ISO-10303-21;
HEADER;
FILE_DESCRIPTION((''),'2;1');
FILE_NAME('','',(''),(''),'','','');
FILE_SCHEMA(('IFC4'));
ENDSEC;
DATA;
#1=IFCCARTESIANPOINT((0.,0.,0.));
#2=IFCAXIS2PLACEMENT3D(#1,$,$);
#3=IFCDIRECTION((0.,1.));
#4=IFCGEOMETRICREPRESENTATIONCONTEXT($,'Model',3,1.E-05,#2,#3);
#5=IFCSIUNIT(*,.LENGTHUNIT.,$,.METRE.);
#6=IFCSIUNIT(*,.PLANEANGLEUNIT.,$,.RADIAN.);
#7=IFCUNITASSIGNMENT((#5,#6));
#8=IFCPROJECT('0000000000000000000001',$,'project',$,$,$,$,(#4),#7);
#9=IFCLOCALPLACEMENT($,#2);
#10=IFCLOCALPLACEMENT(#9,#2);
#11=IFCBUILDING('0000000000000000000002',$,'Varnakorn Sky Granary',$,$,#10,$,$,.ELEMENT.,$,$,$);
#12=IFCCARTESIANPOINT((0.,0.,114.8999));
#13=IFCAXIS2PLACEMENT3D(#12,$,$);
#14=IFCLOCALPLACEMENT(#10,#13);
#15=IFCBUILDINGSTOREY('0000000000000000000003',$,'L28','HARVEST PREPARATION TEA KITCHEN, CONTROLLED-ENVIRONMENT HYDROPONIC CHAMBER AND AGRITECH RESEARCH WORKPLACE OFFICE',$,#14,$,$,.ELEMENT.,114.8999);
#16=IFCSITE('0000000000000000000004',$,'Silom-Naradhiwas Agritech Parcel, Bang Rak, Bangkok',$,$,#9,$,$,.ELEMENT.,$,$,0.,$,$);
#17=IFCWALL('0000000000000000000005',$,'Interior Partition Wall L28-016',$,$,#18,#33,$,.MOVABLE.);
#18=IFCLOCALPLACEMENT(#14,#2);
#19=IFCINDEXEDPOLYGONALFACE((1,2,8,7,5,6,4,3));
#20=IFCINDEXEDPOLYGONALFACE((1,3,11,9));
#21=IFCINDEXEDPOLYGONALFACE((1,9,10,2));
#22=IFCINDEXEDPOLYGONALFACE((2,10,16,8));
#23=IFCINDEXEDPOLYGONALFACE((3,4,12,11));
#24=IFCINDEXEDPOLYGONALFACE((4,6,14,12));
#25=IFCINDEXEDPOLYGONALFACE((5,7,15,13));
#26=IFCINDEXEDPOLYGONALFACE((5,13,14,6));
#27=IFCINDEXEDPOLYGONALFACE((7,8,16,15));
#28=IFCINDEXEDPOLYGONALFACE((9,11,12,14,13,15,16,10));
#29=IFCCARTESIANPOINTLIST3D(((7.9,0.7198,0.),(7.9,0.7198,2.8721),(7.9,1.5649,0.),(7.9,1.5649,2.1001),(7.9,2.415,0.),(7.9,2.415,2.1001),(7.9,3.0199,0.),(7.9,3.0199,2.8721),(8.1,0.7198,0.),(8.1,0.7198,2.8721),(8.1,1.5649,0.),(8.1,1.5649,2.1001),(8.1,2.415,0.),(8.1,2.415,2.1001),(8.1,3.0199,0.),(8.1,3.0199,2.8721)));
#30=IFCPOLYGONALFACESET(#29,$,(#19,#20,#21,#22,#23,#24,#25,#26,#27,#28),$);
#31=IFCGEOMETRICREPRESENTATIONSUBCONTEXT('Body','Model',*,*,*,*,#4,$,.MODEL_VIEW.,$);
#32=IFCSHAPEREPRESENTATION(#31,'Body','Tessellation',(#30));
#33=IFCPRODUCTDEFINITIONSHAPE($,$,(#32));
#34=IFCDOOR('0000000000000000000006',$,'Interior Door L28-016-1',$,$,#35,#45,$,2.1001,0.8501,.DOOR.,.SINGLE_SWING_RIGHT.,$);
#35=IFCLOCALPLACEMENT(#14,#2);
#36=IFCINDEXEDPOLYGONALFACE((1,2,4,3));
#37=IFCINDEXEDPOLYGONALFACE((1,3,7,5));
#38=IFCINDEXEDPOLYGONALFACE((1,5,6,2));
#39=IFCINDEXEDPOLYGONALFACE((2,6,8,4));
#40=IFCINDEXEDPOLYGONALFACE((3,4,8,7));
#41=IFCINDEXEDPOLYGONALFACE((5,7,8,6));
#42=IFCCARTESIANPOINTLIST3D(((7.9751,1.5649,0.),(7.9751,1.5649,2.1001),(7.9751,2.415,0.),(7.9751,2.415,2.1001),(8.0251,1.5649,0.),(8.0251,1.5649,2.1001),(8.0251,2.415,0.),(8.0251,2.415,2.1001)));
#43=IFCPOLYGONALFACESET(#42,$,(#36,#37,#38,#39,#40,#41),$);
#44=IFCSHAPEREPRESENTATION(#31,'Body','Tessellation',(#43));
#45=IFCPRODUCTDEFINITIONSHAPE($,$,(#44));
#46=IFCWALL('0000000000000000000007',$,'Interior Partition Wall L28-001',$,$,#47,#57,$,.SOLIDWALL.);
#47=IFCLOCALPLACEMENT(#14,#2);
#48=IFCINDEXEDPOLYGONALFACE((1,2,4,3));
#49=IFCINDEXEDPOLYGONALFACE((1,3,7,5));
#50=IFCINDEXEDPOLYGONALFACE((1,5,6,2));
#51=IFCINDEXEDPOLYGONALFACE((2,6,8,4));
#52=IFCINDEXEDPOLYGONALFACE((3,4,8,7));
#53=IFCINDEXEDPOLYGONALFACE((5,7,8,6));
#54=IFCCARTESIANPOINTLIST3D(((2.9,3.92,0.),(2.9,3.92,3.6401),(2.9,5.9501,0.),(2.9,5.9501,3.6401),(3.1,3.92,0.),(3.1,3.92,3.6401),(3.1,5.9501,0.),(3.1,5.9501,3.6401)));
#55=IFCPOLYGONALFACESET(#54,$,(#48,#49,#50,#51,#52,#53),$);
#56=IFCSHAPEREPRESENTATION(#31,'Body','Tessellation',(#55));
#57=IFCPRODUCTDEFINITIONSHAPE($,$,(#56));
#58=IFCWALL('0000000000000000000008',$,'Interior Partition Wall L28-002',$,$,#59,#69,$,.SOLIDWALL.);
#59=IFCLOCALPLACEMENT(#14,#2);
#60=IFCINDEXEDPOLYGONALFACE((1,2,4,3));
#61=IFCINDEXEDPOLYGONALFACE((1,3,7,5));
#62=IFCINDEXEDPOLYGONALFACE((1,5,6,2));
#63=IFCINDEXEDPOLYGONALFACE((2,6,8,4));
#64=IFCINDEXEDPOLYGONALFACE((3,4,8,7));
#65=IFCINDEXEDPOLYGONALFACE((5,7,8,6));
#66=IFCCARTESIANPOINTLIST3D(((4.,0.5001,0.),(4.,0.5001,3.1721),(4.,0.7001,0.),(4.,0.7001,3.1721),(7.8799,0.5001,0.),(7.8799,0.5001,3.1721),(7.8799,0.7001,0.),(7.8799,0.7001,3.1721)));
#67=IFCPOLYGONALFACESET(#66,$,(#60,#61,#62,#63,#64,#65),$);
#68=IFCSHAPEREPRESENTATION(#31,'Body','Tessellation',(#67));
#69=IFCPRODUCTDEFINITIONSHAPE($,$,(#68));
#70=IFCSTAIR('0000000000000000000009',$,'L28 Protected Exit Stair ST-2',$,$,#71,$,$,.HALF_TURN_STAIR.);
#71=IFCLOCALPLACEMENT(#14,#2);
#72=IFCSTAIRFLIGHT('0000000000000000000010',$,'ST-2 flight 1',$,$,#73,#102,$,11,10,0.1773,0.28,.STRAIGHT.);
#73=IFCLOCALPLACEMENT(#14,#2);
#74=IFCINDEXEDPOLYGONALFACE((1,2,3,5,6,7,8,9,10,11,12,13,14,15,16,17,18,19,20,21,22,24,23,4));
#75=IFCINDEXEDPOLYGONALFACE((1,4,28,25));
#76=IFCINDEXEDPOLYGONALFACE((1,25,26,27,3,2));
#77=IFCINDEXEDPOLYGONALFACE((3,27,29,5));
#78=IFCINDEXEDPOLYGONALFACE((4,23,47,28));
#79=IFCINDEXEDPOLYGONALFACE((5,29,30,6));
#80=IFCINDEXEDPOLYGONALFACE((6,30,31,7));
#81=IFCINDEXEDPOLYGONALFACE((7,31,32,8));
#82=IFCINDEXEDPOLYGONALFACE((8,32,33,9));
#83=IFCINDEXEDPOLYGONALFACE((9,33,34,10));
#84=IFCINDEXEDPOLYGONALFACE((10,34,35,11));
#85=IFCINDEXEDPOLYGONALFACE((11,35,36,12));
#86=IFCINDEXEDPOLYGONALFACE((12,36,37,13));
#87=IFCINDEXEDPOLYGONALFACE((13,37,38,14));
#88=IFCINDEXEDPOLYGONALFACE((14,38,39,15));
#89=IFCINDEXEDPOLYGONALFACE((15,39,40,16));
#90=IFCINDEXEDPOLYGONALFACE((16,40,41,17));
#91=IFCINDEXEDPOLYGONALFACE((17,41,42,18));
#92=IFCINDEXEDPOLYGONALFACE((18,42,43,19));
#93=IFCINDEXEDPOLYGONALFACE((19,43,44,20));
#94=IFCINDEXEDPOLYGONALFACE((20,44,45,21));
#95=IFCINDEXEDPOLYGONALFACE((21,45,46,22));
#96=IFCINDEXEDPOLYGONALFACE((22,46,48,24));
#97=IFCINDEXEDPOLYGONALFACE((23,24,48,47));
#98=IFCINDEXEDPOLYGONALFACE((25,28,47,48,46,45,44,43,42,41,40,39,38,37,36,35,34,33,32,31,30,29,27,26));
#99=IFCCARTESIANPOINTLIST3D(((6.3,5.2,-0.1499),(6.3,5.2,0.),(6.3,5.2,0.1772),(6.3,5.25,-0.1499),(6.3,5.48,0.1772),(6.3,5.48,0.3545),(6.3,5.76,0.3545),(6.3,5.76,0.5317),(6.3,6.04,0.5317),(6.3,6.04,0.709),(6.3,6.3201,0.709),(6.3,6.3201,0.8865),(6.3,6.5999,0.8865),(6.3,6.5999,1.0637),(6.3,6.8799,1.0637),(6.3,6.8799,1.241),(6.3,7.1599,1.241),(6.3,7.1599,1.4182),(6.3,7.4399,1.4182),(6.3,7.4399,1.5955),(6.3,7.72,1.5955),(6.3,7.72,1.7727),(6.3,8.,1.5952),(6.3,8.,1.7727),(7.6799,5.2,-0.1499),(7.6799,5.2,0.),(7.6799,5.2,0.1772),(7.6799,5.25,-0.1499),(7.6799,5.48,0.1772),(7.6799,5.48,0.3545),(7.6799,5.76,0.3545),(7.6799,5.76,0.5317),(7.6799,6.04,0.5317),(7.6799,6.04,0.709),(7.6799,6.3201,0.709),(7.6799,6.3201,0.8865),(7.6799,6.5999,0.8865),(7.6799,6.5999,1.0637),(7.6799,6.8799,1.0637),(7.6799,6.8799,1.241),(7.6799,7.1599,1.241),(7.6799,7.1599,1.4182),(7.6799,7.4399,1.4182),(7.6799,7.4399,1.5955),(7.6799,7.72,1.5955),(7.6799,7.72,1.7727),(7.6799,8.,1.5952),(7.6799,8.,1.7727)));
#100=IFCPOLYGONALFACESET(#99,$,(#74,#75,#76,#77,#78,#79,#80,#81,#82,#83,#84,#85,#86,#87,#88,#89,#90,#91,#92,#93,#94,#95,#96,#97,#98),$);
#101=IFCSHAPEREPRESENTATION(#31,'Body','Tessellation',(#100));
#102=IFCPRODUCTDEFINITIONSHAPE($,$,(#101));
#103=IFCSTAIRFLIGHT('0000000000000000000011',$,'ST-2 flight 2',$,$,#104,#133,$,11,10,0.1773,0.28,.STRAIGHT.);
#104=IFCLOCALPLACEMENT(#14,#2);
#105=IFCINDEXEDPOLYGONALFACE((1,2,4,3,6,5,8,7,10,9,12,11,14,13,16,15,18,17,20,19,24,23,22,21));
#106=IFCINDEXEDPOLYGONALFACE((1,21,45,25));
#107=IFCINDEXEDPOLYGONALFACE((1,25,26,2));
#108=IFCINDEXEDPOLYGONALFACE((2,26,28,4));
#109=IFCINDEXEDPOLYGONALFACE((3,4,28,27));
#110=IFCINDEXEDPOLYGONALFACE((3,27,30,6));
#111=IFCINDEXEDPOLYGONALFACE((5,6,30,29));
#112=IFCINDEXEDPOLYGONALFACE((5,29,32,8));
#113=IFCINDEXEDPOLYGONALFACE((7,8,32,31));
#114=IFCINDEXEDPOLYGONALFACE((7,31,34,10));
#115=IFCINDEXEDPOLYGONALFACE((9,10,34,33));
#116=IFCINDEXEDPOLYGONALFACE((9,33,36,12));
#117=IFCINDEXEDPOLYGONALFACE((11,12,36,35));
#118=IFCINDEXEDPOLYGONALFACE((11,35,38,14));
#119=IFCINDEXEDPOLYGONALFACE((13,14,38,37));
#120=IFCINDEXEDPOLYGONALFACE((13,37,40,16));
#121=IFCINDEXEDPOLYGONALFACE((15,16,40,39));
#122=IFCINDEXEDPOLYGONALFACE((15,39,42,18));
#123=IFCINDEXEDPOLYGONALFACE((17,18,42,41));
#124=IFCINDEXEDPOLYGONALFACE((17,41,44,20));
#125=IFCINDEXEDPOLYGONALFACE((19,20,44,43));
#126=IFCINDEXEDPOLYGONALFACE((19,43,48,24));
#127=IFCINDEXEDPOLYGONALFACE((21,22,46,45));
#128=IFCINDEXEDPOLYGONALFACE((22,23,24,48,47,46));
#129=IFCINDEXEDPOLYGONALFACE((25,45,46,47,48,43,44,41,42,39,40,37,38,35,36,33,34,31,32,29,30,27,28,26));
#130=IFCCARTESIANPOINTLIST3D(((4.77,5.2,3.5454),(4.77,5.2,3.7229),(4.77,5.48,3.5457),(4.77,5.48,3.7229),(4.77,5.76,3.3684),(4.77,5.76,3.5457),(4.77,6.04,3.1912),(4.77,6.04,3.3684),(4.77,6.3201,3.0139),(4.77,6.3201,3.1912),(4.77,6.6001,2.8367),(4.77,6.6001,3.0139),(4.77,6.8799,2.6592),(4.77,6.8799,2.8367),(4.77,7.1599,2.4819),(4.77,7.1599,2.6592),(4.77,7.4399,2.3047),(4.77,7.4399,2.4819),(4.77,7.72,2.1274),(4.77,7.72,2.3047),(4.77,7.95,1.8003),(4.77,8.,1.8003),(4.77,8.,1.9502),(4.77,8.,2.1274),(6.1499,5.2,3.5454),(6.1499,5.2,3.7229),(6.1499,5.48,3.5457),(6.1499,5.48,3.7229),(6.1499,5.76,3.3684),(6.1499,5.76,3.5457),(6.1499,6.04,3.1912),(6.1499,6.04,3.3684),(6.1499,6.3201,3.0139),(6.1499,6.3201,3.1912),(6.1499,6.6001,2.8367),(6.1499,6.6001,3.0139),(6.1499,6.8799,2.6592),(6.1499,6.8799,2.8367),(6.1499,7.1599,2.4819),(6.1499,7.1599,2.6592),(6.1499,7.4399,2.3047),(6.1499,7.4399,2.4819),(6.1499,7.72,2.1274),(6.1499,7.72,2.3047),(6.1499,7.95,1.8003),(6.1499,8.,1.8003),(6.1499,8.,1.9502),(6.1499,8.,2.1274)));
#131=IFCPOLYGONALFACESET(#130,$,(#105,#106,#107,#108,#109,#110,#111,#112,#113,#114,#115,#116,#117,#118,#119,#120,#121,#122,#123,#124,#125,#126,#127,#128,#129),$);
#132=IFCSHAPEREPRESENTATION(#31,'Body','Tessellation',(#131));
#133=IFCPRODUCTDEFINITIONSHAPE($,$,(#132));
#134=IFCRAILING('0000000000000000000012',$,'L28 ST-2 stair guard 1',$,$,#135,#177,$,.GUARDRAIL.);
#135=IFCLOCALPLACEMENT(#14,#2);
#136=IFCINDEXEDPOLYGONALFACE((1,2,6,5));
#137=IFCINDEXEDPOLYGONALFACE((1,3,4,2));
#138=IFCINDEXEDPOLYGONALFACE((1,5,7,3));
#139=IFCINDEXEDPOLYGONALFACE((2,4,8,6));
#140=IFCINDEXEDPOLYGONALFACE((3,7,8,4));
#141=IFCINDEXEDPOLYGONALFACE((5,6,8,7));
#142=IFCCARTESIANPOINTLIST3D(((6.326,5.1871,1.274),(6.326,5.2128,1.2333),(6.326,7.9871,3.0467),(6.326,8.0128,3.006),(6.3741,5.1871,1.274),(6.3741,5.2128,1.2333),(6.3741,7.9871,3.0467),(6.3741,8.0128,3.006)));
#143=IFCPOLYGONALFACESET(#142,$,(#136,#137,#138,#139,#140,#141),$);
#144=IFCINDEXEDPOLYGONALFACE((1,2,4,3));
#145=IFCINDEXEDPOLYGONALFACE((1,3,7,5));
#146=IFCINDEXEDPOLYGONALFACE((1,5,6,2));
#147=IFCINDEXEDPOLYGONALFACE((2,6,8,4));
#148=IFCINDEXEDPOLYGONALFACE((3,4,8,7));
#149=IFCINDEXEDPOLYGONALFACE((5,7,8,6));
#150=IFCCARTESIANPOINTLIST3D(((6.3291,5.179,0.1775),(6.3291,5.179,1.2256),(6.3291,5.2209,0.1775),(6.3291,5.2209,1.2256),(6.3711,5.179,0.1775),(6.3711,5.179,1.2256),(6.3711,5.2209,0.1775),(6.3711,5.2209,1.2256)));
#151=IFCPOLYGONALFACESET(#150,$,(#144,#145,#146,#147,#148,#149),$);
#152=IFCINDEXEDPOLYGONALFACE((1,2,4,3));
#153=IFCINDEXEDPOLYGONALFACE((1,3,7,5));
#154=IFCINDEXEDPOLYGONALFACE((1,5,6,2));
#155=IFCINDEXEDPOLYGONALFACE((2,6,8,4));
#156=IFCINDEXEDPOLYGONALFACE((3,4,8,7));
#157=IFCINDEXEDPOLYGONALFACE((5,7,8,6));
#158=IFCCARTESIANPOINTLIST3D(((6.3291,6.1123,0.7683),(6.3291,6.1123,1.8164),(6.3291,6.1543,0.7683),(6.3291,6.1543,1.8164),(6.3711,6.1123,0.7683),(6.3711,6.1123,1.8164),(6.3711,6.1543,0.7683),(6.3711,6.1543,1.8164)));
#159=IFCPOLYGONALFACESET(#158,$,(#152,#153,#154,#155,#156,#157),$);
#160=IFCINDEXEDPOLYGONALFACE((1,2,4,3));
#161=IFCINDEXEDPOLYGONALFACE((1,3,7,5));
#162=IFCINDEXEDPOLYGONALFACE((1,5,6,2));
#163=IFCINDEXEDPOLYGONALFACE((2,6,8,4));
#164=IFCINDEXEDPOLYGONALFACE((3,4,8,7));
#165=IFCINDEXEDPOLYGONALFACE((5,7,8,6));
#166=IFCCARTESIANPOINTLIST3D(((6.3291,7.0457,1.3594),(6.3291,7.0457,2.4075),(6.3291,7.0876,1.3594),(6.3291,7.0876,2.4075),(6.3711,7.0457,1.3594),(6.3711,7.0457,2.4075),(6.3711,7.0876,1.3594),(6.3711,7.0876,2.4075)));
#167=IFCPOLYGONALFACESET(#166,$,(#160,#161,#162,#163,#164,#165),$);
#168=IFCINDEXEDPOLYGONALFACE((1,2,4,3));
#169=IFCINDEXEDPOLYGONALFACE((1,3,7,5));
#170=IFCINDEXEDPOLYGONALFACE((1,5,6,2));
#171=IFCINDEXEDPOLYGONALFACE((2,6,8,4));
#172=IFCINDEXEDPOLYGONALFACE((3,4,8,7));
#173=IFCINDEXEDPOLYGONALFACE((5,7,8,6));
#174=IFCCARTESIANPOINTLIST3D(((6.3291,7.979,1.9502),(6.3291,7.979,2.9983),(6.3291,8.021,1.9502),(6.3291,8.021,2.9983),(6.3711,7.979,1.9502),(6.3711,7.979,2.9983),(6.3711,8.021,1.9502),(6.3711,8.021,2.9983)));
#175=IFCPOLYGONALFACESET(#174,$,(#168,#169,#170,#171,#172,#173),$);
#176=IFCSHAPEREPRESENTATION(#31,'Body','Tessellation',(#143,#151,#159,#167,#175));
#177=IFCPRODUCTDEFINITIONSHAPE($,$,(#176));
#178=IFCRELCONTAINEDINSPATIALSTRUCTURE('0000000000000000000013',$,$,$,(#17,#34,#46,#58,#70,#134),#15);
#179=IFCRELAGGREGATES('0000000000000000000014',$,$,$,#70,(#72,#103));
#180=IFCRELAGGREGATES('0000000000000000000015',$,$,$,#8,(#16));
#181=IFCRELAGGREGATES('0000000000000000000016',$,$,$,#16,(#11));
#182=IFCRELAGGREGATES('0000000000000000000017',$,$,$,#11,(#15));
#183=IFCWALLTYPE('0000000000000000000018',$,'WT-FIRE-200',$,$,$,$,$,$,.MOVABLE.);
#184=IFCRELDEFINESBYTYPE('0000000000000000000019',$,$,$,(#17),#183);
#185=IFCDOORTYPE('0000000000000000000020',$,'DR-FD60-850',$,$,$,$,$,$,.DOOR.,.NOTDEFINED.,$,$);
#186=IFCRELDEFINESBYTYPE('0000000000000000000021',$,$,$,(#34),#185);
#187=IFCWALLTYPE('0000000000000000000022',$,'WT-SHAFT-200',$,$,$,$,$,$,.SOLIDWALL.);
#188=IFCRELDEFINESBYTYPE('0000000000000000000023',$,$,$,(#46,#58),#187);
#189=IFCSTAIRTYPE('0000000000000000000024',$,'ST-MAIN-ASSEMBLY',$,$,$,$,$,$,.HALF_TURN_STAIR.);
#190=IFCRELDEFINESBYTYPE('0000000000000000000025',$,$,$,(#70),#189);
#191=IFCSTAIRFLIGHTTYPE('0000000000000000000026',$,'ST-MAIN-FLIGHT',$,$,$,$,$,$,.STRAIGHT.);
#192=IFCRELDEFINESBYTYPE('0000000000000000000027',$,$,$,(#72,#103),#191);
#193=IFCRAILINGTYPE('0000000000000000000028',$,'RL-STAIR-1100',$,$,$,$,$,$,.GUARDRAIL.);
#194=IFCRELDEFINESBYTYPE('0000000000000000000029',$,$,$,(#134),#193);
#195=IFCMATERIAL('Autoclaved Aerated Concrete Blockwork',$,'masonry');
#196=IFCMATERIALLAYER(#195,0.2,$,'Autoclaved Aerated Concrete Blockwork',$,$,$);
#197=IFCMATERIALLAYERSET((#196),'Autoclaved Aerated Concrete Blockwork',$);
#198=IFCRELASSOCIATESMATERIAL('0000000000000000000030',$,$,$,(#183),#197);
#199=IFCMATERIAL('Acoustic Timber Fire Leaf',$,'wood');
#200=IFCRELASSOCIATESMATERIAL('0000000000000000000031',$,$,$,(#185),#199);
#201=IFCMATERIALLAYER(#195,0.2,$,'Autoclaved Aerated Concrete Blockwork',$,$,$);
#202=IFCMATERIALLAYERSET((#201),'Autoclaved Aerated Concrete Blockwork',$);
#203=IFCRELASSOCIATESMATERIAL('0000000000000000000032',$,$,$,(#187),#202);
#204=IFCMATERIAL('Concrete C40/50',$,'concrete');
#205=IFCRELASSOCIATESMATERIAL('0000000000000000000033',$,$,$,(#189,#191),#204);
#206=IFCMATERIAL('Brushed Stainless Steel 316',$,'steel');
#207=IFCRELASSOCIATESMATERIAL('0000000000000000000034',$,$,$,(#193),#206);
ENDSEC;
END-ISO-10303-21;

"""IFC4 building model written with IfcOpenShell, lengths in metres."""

from ifc_helpers import new_model, si_unit, direction, frame, frame_2d, origin, origin_2d, place, context, subcontext, project, spatial, polyline, rectangle, outline, extrude, material, layer, layer_set, type_object, element, fill, aggregate, save


model = new_model("IFC4")

# Units and contexts
model_context = context("Model", 3, precision=1e-05, world=origin(), true_north=direction((0.0, 1.0)))
body_context = subcontext(model_context, "Body", "Model", "MODEL_VIEW")
ifc_project = project(units=[si_unit("LENGTHUNIT", "METRE"), si_unit("PLANEANGLEUNIT", "RADIAN")], contexts=[model_context])

# Site, building, storey
site_placement = place(None, origin())
site = spatial("IfcSite", under=ifc_project, at=site_placement, Name="Silom-Naradhiwas Agritech Parcel, Bang Rak, Bangkok", CompositionType="ELEMENT", RefElevation=0.0)
building_placement = place(site_placement, origin())
building = spatial("IfcBuilding", under=site, at=building_placement, Name="Varnakorn Sky Granary", CompositionType="ELEMENT")
storey_placement = place(building_placement, frame((0.0, 0.0, 114.8999)))
storey = spatial("IfcBuildingStorey", under=building, at=storey_placement, Name="L28", Description="HARVEST PREPARATION TEA KITCHEN, CONTROLLED-ENVIRONMENT HYDROPONIC CHAMBER AND AGRITECH RESEARCH WORKPLACE OFFICE", CompositionType="ELEMENT", Elevation=114.8999)

# Wall, opening, door
ifc_material_1 = material(Name="Autoclaved Aerated Concrete Blockwork", Category="masonry")
ifc_layer_1 = layer(ifc_material_1, 0.2, Name="Autoclaved Aerated Concrete Blockwork")
ifc_layer_set_1 = layer_set([ifc_layer_1], Name="Autoclaved Aerated Concrete Blockwork")
wall_type_1 = type_object("IfcWallType", Name="WT-FIRE-200", PredefinedType="MOVABLE", material=ifc_layer_set_1)
ifc_material_2 = material(Name="Acoustic Timber Fire Leaf", Category="wood")
door_type_1 = type_object("IfcDoorType", Name="DR-FD60-850", OperationType="NOTDEFINED", PredefinedType="DOOR", material=ifc_material_2)
wall_1_placement = place(storey_placement, frame((8.0, 0.72, 0.0), z_axis=(0.0, 0.0, 1.0), x_axis=(0.0, 1.0, 0.0)))
wall_1 = element("IfcWall", 1, at=wall_1_placement, inside=storey, type_object=wall_type_1, Name="Interior Partition Wall L28-016", PredefinedType="MOVABLE", context=body_context, shape_type="SweptSolid", body=[
    extrude(rectangle(XDim=2.3, YDim=0.2, at=frame_2d((1.1499, 0.0))), origin(), (0.0, 0.0, 1.0), 2.8721),
])
opening_1_placement = place(wall_1_placement, frame((0.845, 0.0, 0.0)))
opening_1 = element("IfcOpeningElement", 2, at=opening_1_placement, cuts=wall_1, PredefinedType="OPENING", context=body_context, shape_type="SweptSolid", body=[
    extrude(rectangle(XDim=0.8501, YDim=2.1001, at=frame_2d((0.425, 1.05))), frame((0.0, 0.1099, 0.0), z_axis=(0.0, -1.0, 0.0), x_axis=(1.0, 0.0, 0.0)), (0.0, 0.0, 1.0), 0.22),
])
door_1_placement = place(opening_1_placement, origin())
door_1 = element("IfcDoor", 3, at=door_1_placement, inside=storey, type_object=door_type_1, Name="Interior Door L28-016-1", OperationType="SINGLE_SWING_RIGHT", OverallHeight=2.1001, OverallWidth=0.8501, PredefinedType="DOOR", context=body_context, shape_type="SweptSolid", body=[
    extrude(rectangle(XDim=0.8501, YDim=2.1001, at=frame_2d((0.425, 1.05))), frame((0.0, 0.0249, 0.0), z_axis=(0.0, -1.0, 0.0), x_axis=(1.0, 0.0, 0.0)), (0.0, 0.0, 1.0), 0.05),
])
fill(opening_1, door_1)

# Walls
ifc_layer_2 = layer(ifc_material_1, 0.2, Name="Autoclaved Aerated Concrete Blockwork")
ifc_layer_set_2 = layer_set([ifc_layer_2], Name="Autoclaved Aerated Concrete Blockwork")
wall_type_2 = type_object("IfcWallType", Name="WT-SHAFT-200", PredefinedType="SOLIDWALL", material=ifc_layer_set_2)
wall_2_placement = place(storey_placement, frame((3.0, 3.9199, 0.0), z_axis=(0.0, 0.0, 1.0), x_axis=(0.0, 1.0, 0.0)))
element("IfcWall", 4, at=wall_2_placement, inside=storey, type_object=wall_type_2, Name="Interior Partition Wall L28-001", PredefinedType="SOLIDWALL", context=body_context, shape_type="SweptSolid", body=[
    extrude(rectangle(XDim=2.03, YDim=0.2, at=frame_2d((1.0151, 0.0))), origin(), (0.0, 0.0, 1.0), 3.6401),
])
wall_3_placement = place(storey_placement, frame((4.0, 0.6001, 0.0), z_axis=(0.0, 0.0, 1.0), x_axis=(1.0, 0.0, 0.0)))
element("IfcWall", 5, at=wall_3_placement, inside=storey, type_object=wall_type_2, Name="Interior Partition Wall L28-002", PredefinedType="SOLIDWALL", context=body_context, shape_type="SweptSolid", body=[
    extrude(rectangle(XDim=3.8799, YDim=0.2, at=frame_2d((1.9399, 0.0))), origin(), (0.0, 0.0, 1.0), 3.1721),
])

# Stair, stair flights
ifc_material_3 = material(Name="Concrete C40/50", Category="concrete")
stair_type = type_object("IfcStairType", Name="ST-MAIN-ASSEMBLY", PredefinedType="HALF_TURN_STAIR", material=ifc_material_3)
stair_placement = place(storey_placement, origin())
stair = element("IfcStair", 6, at=stair_placement, inside=storey, type_object=stair_type, Name="L28 Protected Exit Stair ST-2", PredefinedType="HALF_TURN_STAIR")
stair_flight_type = type_object("IfcStairFlightType", Name="ST-MAIN-FLIGHT", PredefinedType="STRAIGHT", material=ifc_material_3)
stair_flight_1_placement = place(storey_placement, frame((6.99, 5.2, 0.0), z_axis=(0.0, 0.0, 1.0), x_axis=(0.0, 1.0, 0.0)))
stair_flight_1 = element("IfcStairFlight", 7, at=stair_flight_1_placement, type_object=stair_flight_type, Name="ST-2 flight 1", NumberOfRisers=11, NumberOfTreads=10, PredefinedType="STRAIGHT", RiserHeight=0.1773, TreadLength=0.28, context=body_context, shape_type="SweptSolid", body=[
    extrude(outline(polyline([(0.0, -0.1499), (0.0, 0.0), (0.0, 0.1772), (0.28, 0.1772), (0.28, 0.3545), (0.5601, 0.3545), (0.5601, 0.5317), (0.8401, 0.5317), (0.8401, 0.709), (1.1201, 0.709), (1.1201, 0.8865), (1.3999, 0.8865), (1.3999, 1.0637), (1.6799, 1.0637), (1.6799, 1.241), (1.96, 1.241), (1.96, 1.4182), (2.24, 1.4182), (2.24, 1.5955), (2.52, 1.5955), (2.52, 1.7727), (2.8, 1.7727), (2.8, 1.95), (2.8, 1.5952), (0.05, -0.1499), (0.0, -0.1499)])), frame((0.0, 0.6899, 0.0), z_axis=(0.0, -1.0, 0.0), x_axis=(1.0, 0.0, 0.0)), (0.0, 0.0, 1.0), 1.3799),
])
stair_flight_2_placement = place(storey_placement, frame((5.46, 8.0, 1.9502), z_axis=(0.0, 0.0, 1.0), x_axis=(0.0, -1.0, 0.0)))
stair_flight_2 = element("IfcStairFlight", 8, at=stair_flight_2_placement, type_object=stair_flight_type, Name="ST-2 flight 2", NumberOfRisers=11, NumberOfTreads=10, PredefinedType="STRAIGHT", RiserHeight=0.1773, TreadLength=0.28, context=body_context, shape_type="SweptSolid", body=[
    extrude(outline(polyline([(0.0, -0.1499), (0.0, 0.0), (0.0, 0.1772), (0.28, 0.1772), (0.28, 0.3545), (0.5601, 0.3545), (0.5601, 0.5317), (0.8401, 0.5317), (0.8401, 0.709), (1.1201, 0.709), (1.1201, 0.8865), (1.3999, 0.8865), (1.3999, 1.0637), (1.6799, 1.0637), (1.6799, 1.241), (1.96, 1.241), (1.96, 1.4182), (2.24, 1.4182), (2.24, 1.5955), (2.52, 1.5955), (2.52, 1.7727), (2.8, 1.7727), (2.8, 1.95), (2.8, 1.5952), (0.05, -0.1499), (0.0, -0.1499)])), frame((0.0, 0.6899, 0.0), z_axis=(0.0, -1.0, 0.0), x_axis=(1.0, 0.0, 0.0)), (0.0, 0.0, 1.0), 1.3799),
])
aggregate(stair, [stair_flight_1, stair_flight_2])

# Railing
ifc_material_4 = material(Name="Brushed Stainless Steel 316", Category="steel")
railing_type_1 = type_object("IfcRailingType", Name="RL-STAIR-1100", PredefinedType="GUARDRAIL", material=ifc_material_4)
railing_1_placement = place(storey_placement, frame((6.3501, 5.2, 0.1775)))
element("IfcRailing", 9, at=railing_1_placement, inside=storey, type_object=railing_type_1, Name="L28 ST-2 stair guard 1", PredefinedType="GUARDRAIL", context=body_context, shape_type="SweptSolid", body=[
    extrude(rectangle(XDim=0.0481, YDim=0.0481, at=origin_2d()), frame((0.0, 0.0, 1.0762), z_axis=(0.0, 0.844909, 0.53491), x_axis=(-1.0, 0.0, 0.0)), (0.0, 0.0, 1.0), 3.314),
    extrude(rectangle(XDim=0.042, YDim=0.042, at=origin_2d()), origin(), (0.0, 0.0, 1.0), 1.0481),
    extrude(rectangle(XDim=0.042, YDim=0.042, at=origin_2d()), frame((0.0, 0.9333, 0.5908)), (0.0, 0.0, 1.0), 1.0481),
    extrude(rectangle(XDim=0.042, YDim=0.042, at=origin_2d()), frame((0.0, 1.8667, 1.1819)), (0.0, 0.0, 1.0), 1.0481),
    extrude(rectangle(XDim=0.042, YDim=0.042, at=origin_2d()), frame((0.0, 2.8, 1.7727)), (0.0, 0.0, 1.0), 1.0481),
])

save(model, "model.ifc")
